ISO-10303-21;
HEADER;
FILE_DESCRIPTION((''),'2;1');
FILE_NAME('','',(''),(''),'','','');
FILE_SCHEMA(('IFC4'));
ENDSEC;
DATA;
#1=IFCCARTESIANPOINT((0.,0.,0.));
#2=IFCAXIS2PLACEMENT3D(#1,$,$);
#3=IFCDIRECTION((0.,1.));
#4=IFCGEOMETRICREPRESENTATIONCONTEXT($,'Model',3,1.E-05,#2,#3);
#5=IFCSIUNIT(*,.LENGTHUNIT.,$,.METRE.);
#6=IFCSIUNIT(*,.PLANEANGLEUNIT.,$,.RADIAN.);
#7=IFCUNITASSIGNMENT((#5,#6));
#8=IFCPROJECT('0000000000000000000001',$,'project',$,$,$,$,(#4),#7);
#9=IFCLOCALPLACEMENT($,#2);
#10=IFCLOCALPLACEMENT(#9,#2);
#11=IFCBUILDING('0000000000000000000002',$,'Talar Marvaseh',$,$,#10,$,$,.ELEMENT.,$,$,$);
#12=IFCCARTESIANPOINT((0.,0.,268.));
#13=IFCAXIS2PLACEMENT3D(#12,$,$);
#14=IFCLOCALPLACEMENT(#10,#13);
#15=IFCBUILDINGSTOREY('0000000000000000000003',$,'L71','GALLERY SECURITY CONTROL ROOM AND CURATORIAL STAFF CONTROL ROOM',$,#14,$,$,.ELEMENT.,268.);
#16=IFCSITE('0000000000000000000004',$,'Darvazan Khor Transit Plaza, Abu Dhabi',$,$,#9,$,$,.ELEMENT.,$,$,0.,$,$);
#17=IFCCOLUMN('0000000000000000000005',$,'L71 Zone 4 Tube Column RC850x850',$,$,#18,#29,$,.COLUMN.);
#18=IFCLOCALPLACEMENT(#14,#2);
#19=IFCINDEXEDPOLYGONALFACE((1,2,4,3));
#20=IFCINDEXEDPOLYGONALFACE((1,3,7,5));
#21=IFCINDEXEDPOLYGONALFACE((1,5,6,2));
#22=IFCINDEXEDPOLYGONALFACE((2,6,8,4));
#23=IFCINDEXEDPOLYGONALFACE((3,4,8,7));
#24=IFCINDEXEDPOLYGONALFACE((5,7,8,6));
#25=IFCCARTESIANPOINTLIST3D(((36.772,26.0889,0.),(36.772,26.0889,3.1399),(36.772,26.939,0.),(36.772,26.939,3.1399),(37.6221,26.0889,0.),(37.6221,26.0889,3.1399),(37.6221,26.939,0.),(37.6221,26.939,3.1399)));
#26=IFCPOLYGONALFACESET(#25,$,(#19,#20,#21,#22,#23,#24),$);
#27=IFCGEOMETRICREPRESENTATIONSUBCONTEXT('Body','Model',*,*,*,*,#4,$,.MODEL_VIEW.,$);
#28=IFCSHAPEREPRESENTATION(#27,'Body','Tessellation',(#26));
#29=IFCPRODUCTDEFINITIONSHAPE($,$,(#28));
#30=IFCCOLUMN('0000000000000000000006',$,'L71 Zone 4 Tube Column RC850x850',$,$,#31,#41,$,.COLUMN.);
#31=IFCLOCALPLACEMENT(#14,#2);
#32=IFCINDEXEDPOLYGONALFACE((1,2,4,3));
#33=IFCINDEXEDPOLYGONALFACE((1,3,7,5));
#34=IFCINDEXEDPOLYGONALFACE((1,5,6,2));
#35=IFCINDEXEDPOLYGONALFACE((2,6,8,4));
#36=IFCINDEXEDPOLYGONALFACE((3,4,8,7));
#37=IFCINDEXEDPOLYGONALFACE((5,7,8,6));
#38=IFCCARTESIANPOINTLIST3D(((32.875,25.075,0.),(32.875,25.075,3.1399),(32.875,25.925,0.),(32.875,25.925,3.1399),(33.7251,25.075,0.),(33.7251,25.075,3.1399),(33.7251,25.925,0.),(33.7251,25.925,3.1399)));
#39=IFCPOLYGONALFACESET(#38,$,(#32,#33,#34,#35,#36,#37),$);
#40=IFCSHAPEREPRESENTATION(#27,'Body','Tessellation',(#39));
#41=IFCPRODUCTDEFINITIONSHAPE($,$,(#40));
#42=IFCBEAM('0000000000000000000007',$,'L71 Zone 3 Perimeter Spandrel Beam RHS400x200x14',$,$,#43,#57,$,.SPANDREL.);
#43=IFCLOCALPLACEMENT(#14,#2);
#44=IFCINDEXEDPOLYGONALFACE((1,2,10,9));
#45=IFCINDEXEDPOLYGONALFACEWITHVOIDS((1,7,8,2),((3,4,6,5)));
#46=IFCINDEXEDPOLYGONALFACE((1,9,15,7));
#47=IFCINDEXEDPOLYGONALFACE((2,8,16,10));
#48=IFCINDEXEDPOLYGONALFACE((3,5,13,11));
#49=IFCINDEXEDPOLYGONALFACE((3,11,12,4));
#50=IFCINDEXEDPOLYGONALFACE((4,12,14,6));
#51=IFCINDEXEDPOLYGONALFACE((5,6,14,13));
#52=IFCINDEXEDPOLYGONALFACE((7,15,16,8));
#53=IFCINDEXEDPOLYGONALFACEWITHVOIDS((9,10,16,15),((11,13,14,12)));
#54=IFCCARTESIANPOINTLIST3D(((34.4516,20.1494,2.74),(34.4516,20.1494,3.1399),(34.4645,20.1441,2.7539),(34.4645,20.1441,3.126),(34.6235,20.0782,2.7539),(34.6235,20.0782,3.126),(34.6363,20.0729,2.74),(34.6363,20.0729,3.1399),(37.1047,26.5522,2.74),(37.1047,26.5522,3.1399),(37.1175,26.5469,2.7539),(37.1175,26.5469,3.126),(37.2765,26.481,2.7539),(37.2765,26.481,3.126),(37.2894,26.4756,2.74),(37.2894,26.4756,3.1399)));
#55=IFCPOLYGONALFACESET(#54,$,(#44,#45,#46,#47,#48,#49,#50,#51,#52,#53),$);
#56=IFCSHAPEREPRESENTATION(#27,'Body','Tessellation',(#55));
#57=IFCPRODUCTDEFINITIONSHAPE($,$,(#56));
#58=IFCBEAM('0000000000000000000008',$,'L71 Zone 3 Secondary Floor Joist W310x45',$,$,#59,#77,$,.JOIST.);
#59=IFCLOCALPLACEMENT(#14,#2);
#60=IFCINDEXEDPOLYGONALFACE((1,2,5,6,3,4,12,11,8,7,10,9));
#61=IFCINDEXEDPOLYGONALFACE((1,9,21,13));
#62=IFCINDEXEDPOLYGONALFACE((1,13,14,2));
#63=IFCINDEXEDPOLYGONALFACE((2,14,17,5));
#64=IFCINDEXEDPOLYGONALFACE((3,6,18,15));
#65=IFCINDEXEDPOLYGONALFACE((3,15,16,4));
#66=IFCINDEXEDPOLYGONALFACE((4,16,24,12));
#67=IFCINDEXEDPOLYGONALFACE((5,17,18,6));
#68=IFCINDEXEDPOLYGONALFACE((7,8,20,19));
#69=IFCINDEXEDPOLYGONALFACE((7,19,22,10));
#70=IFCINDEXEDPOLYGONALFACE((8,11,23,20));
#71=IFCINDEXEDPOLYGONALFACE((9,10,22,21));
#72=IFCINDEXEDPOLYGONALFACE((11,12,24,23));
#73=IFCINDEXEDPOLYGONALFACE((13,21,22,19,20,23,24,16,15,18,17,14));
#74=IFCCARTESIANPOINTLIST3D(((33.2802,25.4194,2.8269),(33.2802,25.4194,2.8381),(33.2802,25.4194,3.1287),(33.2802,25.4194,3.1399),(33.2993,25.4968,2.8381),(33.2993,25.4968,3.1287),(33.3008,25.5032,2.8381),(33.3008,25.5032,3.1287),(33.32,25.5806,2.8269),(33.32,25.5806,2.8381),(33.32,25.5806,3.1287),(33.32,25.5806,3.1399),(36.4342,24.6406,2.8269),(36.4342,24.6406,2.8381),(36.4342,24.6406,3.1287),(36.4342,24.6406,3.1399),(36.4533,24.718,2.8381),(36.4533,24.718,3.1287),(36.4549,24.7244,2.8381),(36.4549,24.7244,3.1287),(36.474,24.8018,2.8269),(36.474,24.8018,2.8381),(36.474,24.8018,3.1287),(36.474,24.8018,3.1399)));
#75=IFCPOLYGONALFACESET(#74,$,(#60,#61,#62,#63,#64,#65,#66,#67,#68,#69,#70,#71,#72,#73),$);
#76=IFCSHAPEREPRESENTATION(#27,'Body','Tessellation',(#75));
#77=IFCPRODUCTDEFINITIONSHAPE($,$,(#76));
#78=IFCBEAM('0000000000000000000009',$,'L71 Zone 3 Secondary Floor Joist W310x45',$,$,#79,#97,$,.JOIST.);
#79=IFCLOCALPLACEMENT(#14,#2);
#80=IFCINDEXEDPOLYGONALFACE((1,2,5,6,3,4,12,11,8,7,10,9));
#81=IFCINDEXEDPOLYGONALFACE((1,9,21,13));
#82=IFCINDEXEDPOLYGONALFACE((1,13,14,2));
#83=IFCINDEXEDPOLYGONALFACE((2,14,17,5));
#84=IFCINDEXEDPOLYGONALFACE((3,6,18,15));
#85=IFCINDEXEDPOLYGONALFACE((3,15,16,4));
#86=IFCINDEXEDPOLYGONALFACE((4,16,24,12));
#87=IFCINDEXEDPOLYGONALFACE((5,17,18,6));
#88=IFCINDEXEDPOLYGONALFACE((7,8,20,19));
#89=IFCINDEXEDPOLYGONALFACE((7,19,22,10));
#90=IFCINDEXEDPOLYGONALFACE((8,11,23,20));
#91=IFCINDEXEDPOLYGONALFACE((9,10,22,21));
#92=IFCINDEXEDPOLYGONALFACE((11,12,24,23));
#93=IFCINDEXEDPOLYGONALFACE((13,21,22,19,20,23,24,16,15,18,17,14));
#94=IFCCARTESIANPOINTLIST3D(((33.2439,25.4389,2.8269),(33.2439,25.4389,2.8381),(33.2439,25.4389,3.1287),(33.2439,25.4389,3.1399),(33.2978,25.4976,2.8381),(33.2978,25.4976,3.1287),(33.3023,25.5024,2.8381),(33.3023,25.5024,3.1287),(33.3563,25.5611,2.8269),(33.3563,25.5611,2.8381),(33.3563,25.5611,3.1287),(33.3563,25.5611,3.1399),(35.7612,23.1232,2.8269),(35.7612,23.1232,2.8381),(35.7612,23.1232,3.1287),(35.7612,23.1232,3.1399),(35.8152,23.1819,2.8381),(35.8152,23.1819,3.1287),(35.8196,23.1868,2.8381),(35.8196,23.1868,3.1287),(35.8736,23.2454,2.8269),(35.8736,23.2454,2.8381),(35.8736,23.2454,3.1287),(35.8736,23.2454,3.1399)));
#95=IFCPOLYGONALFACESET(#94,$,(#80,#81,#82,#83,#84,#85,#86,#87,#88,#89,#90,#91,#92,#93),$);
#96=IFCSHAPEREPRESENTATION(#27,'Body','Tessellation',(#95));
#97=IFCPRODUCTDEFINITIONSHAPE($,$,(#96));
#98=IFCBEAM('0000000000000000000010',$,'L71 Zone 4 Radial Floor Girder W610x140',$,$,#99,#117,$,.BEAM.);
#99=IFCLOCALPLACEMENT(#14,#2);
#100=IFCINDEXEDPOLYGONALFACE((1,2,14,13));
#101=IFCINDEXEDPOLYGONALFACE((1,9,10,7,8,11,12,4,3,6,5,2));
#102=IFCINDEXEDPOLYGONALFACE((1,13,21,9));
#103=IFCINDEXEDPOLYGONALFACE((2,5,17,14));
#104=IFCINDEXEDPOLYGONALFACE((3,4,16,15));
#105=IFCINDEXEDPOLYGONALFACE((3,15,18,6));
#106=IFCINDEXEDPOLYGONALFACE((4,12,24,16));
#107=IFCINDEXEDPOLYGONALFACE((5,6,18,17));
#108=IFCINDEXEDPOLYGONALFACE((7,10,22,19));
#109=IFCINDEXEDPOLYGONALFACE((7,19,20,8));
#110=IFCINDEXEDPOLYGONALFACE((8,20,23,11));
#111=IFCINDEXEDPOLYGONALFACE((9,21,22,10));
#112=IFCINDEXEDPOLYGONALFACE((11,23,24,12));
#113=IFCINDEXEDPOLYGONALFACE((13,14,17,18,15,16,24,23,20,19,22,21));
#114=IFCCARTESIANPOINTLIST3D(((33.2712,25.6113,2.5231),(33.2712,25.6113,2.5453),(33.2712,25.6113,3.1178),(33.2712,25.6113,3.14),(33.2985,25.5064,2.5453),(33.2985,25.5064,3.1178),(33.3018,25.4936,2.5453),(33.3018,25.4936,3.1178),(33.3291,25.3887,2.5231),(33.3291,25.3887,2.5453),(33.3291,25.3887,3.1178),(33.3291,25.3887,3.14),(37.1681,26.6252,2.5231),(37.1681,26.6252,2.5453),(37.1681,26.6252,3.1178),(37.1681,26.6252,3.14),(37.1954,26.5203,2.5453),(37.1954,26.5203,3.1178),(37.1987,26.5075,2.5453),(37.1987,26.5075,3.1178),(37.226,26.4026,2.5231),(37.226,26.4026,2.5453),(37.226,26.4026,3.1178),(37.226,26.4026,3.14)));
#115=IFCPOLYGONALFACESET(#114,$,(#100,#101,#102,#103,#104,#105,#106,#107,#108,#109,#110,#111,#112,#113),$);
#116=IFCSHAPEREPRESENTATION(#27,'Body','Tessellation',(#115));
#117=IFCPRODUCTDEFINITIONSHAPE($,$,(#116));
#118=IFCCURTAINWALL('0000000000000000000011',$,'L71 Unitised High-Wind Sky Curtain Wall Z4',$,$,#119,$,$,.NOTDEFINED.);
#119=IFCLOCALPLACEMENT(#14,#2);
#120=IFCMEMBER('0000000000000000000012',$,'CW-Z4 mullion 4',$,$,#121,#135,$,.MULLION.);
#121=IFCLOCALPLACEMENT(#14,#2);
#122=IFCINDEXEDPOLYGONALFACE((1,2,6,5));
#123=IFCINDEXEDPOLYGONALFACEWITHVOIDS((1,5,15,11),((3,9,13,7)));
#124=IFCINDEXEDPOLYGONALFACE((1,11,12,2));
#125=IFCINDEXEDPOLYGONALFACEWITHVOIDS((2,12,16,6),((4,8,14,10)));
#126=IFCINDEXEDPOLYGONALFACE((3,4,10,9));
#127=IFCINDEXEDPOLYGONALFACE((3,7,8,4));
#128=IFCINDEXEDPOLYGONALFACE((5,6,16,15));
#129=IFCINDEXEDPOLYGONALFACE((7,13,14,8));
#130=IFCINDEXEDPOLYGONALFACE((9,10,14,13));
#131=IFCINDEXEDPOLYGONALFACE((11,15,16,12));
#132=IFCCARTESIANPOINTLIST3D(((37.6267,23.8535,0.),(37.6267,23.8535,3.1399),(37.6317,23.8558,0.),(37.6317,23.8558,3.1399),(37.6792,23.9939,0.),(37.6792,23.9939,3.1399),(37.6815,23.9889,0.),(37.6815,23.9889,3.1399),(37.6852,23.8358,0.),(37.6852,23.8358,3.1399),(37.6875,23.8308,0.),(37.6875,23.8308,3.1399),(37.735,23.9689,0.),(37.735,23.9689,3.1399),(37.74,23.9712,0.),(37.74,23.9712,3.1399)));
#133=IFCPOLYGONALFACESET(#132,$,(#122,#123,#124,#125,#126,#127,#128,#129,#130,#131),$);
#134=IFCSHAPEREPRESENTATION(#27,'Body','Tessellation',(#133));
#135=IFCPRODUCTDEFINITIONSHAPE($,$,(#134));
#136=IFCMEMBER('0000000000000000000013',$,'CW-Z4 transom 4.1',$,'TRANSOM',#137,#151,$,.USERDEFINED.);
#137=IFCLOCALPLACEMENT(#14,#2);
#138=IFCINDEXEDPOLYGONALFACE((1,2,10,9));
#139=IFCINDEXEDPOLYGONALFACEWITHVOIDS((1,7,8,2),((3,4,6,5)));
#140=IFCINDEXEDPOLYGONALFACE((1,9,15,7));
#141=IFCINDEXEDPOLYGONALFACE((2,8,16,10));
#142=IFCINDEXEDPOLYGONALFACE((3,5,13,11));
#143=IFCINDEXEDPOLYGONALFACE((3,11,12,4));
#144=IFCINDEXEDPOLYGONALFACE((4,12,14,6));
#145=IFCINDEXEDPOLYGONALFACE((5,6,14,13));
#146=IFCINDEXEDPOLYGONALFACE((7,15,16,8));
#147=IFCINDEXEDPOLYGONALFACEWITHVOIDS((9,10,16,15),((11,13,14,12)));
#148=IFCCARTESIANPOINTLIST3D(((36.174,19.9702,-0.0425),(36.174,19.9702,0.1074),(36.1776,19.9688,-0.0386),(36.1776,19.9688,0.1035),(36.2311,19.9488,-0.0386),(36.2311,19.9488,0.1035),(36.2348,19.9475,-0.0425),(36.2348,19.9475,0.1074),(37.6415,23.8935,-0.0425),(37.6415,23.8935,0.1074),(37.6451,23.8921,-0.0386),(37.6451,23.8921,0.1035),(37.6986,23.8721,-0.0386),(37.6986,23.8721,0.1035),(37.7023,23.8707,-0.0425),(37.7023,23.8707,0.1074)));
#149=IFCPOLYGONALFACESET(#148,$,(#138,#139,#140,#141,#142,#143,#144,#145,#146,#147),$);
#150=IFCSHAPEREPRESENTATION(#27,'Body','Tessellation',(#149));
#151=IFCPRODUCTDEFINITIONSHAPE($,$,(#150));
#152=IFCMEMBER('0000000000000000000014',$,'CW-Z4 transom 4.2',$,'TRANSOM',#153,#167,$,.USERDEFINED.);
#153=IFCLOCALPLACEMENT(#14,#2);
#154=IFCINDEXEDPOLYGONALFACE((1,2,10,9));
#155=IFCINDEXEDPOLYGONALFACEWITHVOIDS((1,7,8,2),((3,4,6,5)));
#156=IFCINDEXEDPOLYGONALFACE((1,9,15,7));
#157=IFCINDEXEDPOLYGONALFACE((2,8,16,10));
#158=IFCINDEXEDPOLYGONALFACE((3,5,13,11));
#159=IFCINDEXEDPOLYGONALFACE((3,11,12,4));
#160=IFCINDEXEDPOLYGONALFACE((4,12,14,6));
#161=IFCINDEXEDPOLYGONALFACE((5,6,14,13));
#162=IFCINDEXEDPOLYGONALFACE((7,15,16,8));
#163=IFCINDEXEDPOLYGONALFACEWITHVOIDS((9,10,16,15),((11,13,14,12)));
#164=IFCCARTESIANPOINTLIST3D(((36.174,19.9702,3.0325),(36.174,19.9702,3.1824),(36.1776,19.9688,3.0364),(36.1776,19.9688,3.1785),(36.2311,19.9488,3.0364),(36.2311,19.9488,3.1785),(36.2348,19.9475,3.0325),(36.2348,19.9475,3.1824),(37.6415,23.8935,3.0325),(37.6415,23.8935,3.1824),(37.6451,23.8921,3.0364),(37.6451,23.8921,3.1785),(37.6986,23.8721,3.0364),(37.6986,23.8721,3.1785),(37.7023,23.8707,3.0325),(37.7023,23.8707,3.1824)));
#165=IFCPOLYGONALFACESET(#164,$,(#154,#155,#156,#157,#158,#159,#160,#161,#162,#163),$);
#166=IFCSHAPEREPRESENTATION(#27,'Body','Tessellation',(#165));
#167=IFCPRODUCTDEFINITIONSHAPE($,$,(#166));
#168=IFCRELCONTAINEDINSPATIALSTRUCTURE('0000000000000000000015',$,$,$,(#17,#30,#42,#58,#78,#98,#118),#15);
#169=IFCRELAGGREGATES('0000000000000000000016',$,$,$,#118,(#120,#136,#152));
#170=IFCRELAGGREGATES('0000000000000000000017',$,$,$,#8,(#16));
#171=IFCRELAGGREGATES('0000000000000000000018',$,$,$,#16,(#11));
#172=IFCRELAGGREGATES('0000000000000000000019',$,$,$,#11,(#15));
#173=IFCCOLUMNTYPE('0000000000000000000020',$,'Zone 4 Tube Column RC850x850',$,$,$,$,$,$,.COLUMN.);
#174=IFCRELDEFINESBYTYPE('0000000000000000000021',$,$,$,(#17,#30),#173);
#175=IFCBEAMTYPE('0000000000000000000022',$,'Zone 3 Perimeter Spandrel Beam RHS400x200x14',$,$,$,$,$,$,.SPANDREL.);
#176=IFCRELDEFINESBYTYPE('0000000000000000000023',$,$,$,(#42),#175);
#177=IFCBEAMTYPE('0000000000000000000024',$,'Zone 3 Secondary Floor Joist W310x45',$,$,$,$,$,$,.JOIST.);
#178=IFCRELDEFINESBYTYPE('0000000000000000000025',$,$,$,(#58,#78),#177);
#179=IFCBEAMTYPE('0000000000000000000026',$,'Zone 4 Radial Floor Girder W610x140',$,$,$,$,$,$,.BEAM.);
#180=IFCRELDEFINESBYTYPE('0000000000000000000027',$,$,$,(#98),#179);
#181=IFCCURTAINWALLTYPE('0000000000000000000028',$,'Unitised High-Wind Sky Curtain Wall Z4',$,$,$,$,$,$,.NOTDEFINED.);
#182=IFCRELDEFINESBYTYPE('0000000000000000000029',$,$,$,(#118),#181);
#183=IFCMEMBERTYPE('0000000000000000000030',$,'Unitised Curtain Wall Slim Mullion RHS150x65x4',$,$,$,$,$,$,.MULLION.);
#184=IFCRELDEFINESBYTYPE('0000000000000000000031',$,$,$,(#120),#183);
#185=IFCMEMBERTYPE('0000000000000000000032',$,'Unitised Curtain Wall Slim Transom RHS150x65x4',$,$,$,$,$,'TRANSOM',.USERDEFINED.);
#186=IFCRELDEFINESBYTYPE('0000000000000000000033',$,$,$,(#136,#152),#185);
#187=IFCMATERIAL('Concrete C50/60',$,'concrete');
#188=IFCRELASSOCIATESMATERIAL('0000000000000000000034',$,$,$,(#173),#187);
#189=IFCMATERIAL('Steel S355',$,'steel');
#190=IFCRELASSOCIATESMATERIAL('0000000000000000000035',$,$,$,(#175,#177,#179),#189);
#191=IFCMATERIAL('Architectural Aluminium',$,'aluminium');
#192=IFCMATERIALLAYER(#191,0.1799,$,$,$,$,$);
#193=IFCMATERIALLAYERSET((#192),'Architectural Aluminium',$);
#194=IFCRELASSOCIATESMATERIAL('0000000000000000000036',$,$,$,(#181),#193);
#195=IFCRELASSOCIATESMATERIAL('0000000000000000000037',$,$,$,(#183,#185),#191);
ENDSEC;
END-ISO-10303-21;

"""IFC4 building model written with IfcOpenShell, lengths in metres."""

from ifc_helpers import new_model, si_unit, direction, frame, origin, origin_2d, place, context, subcontext, project, spatial, rectangle, hollow_rectangle, i_section, extrude, source, transform, mapped, material, layer, layer_set, material_profile, profile_set, type_object, type_shapes, element, aggregate, save


model = new_model("IFC4")

# Units and contexts
model_context = context("Model", 3, precision=1e-05, world=origin(), true_north=direction((0.0, 1.0)))
body_context = subcontext(model_context, "Body", "Model", "MODEL_VIEW")
ifc_project = project(units=[si_unit("LENGTHUNIT", "METRE"), si_unit("PLANEANGLEUNIT", "RADIAN")], contexts=[model_context])

# Site, building, storey
site_placement = place(None, origin())
site = spatial("IfcSite", under=ifc_project, at=site_placement, Name="Darvazan Khor Transit Plaza, Abu Dhabi", CompositionType="ELEMENT", RefElevation=0.0)
building_placement = place(site_placement, origin())
building = spatial("IfcBuilding", under=site, at=building_placement, Name="Talar Marvaseh", CompositionType="ELEMENT")
storey_placement = place(building_placement, frame((0.0, 0.0, 268.0)))
storey = spatial("IfcBuildingStorey", under=building, at=storey_placement, Name="L71", Description="GALLERY SECURITY CONTROL ROOM AND CURATORIAL STAFF CONTROL ROOM", CompositionType="ELEMENT", Elevation=268.0)

# Columns
ifc_material_1 = material(Name="Concrete C50/60", Category="concrete")
ifc_material_profile_1 = material_profile(ifc_material_1, rectangle(XDim=0.8501, YDim=0.8501, at=origin_2d()), Name="RC850x850")
ifc_profile_set_1 = profile_set([ifc_material_profile_1], Name="Concrete C50/60")
column_type = type_object("IfcColumnType", Name="Zone 4 Tube Column RC850x850", PredefinedType="COLUMN", material=ifc_profile_set_1)
for number, where, z_axis, x_axis, name in (
    (1, (37.197, 26.5139, 0.0), (0.0, 0.0, 1.0), (1.0, 0.0, 0.0), "L71 Zone 4 Tube Column RC850x850"),
    (2, (33.3, 25.5, 0.0), (0.0, 0.0, 1.0), (1.0, 0.0, 0.0), "L71 Zone 4 Tube Column RC850x850"),
):
    element("IfcColumn", number, at=place(storey_placement, frame(where, z_axis=z_axis, x_axis=x_axis)), inside=storey, type_object=column_type, Name=name, PredefinedType="COLUMN", context=body_context, shape_type="SweptSolid", body=[
        extrude(rectangle(XDim=0.8501, YDim=0.8501, at=origin_2d()), origin(), (0.0, 0.0, 1.0), 3.1399),
    ])

# Beams
ifc_material_2 = material(Name="Steel S355", Category="steel")
ifc_material_profile_2 = material_profile(ifc_material_2, hollow_rectangle(XDim=0.2, YDim=0.3999, WallThickness=0.0139, at=origin_2d()), Name="RHS400x200x14")
ifc_profile_set_2 = profile_set([ifc_material_profile_2], Name="Steel S355")
beam_type_1 = type_object("IfcBeamType", Name="Zone 3 Perimeter Spandrel Beam RHS400x200x14", PredefinedType="SPANDREL", material=ifc_profile_set_2)
beam_1_placement = place(storey_placement, frame((37.197, 26.5139, 2.9399), z_axis=(-0.382799, -0.923832, 0.0), x_axis=(0.923832, -0.382799, 0.0)))
element("IfcBeam", 3, at=beam_1_placement, inside=storey, type_object=beam_type_1, Name="L71 Zone 3 Perimeter Spandrel Beam RHS400x200x14", PredefinedType="SPANDREL", context=body_context, shape_type="SweptSolid", body=[
    extrude(hollow_rectangle(XDim=0.2, YDim=0.3999, WallThickness=0.0139, at=origin_2d()), origin(), (0.0, 0.0, 1.0), 6.9307),
])
ifc_material_profile_3 = material_profile(ifc_material_2, i_section(OverallWidth=0.166, OverallDepth=0.313, WebThickness=0.0066, FlangeThickness=0.0112, at=origin_2d()), Name="W310x45")
ifc_profile_set_3 = profile_set([ifc_material_profile_3], Name="Steel S355")
beam_type_2 = type_object("IfcBeamType", Name="Zone 3 Secondary Floor Joist W310x45", PredefinedType="JOIST", material=ifc_profile_set_3)
beam_2_placement = place(storey_placement, frame((36.4541, 24.7212, 2.9834), z_axis=(-0.970841, 0.239723, 0.0), x_axis=(-0.239723, -0.970841, 0.0)))
element("IfcBeam", 4, at=beam_2_placement, inside=storey, type_object=beam_type_2, Name="L71 Zone 3 Secondary Floor Joist W310x45", PredefinedType="JOIST", context=body_context, shape_type="SweptSolid", body=[
    extrude(i_section(OverallWidth=0.166, OverallDepth=0.313, WebThickness=0.0066, FlangeThickness=0.0112, at=origin_2d()), origin(), (0.0, 0.0, 1.0), 3.2488),
])
beam_3_placement = place(storey_placement, frame((35.8174, 23.1843, 2.9834), z_axis=(-0.735971, 0.677013, 0.0), x_axis=(-0.677013, -0.735971, 0.0)))
element("IfcBeam", 5, at=beam_3_placement, inside=storey, type_object=beam_type_2, Name="L71 Zone 3 Secondary Floor Joist W310x45", PredefinedType="JOIST", context=body_context, shape_type="SweptSolid", body=[
    extrude(i_section(OverallWidth=0.166, OverallDepth=0.313, WebThickness=0.0066, FlangeThickness=0.0112, at=origin_2d()), origin(), (0.0, 0.0, 1.0), 3.4204),
])
ifc_material_profile_4 = material_profile(ifc_material_2, i_section(OverallWidth=0.23, OverallDepth=0.6169, WebThickness=0.0132, FlangeThickness=0.0222, at=origin_2d()), Name="W610x140")
ifc_profile_set_4 = profile_set([ifc_material_profile_4], Name="Steel S355")
beam_type_3 = type_object("IfcBeamType", Name="Zone 4 Radial Floor Girder W610x140", PredefinedType="BEAM", material=ifc_profile_set_4)
beam_4_placement = place(storey_placement, frame((37.197, 26.5139, 2.8315), z_axis=(-0.96778, -0.251797, 0.0), x_axis=(0.251797, -0.96778, 0.0)))
element("IfcBeam", 6, at=beam_4_placement, inside=storey, type_object=beam_type_3, Name="L71 Zone 4 Radial Floor Girder W610x140", PredefinedType="BEAM", context=body_context, shape_type="SweptSolid", body=[
    extrude(i_section(OverallWidth=0.23, OverallDepth=0.6169, WebThickness=0.0132, FlangeThickness=0.0222, at=origin_2d()), origin(), (0.0, 0.0, 1.0), 4.0266),
])

# Curtain wall, members
ifc_material_3 = material(Name="Architectural Aluminium", Category="aluminium")
ifc_layer_1 = layer(ifc_material_3, 0.1799)
ifc_layer_set_1 = layer_set([ifc_layer_1], Name="Architectural Aluminium")
curtain_wall_type = type_object("IfcCurtainWallType", Name="Unitised High-Wind Sky Curtain Wall Z4", PredefinedType="NOTDEFINED", material=ifc_layer_set_1)
curtain_wall_placement = place(storey_placement, origin())
curtain_wall = element("IfcCurtainWall", 7, at=curtain_wall_placement, inside=storey, type_object=curtain_wall_type, Name="L71 Unitised High-Wind Sky Curtain Wall Z4", PredefinedType="NOTDEFINED")
ifc_material_profile_5 = material_profile(ifc_material_3, hollow_rectangle(XDim=0.0649, YDim=0.1499, WallThickness=0.0039, at=origin_2d()), Name="RHS150x65x4")
ifc_profile_set_5 = profile_set([ifc_material_profile_5], Name="Architectural Aluminium")
member_type_1 = type_object("IfcMemberType", Name="Unitised Curtain Wall Slim Mullion RHS150x65x4", PredefinedType="MULLION", material=ifc_profile_set_5)
shared_shape_1 = source(origin(), body_context, "Body", "SweptSolid", [
    extrude(hollow_rectangle(XDim=0.0649, YDim=0.1499, WallThickness=0.0039, at=origin_2d()), origin(), (0.0, 0.0, 1.0), 3.1399),
])
type_shapes(member_type_1, [shared_shape_1])
member_1_placement = place(storey_placement, frame((37.6833, 23.9124, 0.0), z_axis=(0.0, 0.0, 1.0), x_axis=(0.936618, -0.350351, 0.0)))
member_1 = element("IfcMember", 8, at=member_1_placement, type_object=member_type_1, Name="CW-Z4 mullion 4", PredefinedType="MULLION", context=body_context, shape_type="MappedRepresentation", body=[
    mapped(shared_shape_1, transform((0.0, 0.0, 0.0), x_axis=(1.0, 0.0, 0.0), y_axis=(0.0, 1.0, 0.0), z_axis=(0.0, 0.0, 1.0), scale=1.0)),
])
ifc_material_profile_6 = material_profile(ifc_material_3, hollow_rectangle(XDim=0.0649, YDim=0.1499, WallThickness=0.0039, at=origin_2d()), Name="RHS150x65x4")
ifc_profile_set_6 = profile_set([ifc_material_profile_6], Name="Architectural Aluminium")
member_type_2 = type_object("IfcMemberType", Name="Unitised Curtain Wall Slim Transom RHS150x65x4", ElementType="TRANSOM", PredefinedType="USERDEFINED", material=ifc_profile_set_6)
shared_shape_2 = source(origin(), body_context, "Body", "SweptSolid", [
    extrude(hollow_rectangle(XDim=0.0649, YDim=0.1499, WallThickness=0.0039, at=origin_2d()), origin(), (0.0, 0.0, 1.0), 4.1887),
])
type_shapes(member_type_2, [shared_shape_2])
member_2_placement = place(storey_placement, frame((37.6719, 23.8821, 0.0325), z_axis=(-0.350344, -0.936621, 0.0), x_axis=(0.936621, -0.350344, 0.0)))
member_2 = element("IfcMember", 9, at=member_2_placement, type_object=member_type_2, Name="CW-Z4 transom 4.1", ObjectType="TRANSOM", PredefinedType="USERDEFINED", context=body_context, shape_type="MappedRepresentation", body=[
    mapped(shared_shape_2, transform((0.0, 0.0, 0.0), x_axis=(1.0, 0.0, 0.0), y_axis=(0.0, 1.0, 0.0), z_axis=(0.0, 0.0, 1.0), scale=1.0)),
])
member_3_placement = place(storey_placement, frame((37.6719, 23.8821, 3.1074), z_axis=(-0.350344, -0.936621, 0.0), x_axis=(0.936621, -0.350344, 0.0)))
member_3 = element("IfcMember", 10, at=member_3_placement, type_object=member_type_2, Name="CW-Z4 transom 4.2", ObjectType="TRANSOM", PredefinedType="USERDEFINED", context=body_context, shape_type="MappedRepresentation", body=[
    mapped(shared_shape_2, transform((0.0, 0.0, 0.0), x_axis=(1.0, 0.0, 0.0), y_axis=(0.0, 1.0, 0.0), z_axis=(0.0, 0.0, 1.0), scale=1.0)),
])
aggregate(curtain_wall, [member_1, member_2, member_3])

save(model, "model.ifc")
